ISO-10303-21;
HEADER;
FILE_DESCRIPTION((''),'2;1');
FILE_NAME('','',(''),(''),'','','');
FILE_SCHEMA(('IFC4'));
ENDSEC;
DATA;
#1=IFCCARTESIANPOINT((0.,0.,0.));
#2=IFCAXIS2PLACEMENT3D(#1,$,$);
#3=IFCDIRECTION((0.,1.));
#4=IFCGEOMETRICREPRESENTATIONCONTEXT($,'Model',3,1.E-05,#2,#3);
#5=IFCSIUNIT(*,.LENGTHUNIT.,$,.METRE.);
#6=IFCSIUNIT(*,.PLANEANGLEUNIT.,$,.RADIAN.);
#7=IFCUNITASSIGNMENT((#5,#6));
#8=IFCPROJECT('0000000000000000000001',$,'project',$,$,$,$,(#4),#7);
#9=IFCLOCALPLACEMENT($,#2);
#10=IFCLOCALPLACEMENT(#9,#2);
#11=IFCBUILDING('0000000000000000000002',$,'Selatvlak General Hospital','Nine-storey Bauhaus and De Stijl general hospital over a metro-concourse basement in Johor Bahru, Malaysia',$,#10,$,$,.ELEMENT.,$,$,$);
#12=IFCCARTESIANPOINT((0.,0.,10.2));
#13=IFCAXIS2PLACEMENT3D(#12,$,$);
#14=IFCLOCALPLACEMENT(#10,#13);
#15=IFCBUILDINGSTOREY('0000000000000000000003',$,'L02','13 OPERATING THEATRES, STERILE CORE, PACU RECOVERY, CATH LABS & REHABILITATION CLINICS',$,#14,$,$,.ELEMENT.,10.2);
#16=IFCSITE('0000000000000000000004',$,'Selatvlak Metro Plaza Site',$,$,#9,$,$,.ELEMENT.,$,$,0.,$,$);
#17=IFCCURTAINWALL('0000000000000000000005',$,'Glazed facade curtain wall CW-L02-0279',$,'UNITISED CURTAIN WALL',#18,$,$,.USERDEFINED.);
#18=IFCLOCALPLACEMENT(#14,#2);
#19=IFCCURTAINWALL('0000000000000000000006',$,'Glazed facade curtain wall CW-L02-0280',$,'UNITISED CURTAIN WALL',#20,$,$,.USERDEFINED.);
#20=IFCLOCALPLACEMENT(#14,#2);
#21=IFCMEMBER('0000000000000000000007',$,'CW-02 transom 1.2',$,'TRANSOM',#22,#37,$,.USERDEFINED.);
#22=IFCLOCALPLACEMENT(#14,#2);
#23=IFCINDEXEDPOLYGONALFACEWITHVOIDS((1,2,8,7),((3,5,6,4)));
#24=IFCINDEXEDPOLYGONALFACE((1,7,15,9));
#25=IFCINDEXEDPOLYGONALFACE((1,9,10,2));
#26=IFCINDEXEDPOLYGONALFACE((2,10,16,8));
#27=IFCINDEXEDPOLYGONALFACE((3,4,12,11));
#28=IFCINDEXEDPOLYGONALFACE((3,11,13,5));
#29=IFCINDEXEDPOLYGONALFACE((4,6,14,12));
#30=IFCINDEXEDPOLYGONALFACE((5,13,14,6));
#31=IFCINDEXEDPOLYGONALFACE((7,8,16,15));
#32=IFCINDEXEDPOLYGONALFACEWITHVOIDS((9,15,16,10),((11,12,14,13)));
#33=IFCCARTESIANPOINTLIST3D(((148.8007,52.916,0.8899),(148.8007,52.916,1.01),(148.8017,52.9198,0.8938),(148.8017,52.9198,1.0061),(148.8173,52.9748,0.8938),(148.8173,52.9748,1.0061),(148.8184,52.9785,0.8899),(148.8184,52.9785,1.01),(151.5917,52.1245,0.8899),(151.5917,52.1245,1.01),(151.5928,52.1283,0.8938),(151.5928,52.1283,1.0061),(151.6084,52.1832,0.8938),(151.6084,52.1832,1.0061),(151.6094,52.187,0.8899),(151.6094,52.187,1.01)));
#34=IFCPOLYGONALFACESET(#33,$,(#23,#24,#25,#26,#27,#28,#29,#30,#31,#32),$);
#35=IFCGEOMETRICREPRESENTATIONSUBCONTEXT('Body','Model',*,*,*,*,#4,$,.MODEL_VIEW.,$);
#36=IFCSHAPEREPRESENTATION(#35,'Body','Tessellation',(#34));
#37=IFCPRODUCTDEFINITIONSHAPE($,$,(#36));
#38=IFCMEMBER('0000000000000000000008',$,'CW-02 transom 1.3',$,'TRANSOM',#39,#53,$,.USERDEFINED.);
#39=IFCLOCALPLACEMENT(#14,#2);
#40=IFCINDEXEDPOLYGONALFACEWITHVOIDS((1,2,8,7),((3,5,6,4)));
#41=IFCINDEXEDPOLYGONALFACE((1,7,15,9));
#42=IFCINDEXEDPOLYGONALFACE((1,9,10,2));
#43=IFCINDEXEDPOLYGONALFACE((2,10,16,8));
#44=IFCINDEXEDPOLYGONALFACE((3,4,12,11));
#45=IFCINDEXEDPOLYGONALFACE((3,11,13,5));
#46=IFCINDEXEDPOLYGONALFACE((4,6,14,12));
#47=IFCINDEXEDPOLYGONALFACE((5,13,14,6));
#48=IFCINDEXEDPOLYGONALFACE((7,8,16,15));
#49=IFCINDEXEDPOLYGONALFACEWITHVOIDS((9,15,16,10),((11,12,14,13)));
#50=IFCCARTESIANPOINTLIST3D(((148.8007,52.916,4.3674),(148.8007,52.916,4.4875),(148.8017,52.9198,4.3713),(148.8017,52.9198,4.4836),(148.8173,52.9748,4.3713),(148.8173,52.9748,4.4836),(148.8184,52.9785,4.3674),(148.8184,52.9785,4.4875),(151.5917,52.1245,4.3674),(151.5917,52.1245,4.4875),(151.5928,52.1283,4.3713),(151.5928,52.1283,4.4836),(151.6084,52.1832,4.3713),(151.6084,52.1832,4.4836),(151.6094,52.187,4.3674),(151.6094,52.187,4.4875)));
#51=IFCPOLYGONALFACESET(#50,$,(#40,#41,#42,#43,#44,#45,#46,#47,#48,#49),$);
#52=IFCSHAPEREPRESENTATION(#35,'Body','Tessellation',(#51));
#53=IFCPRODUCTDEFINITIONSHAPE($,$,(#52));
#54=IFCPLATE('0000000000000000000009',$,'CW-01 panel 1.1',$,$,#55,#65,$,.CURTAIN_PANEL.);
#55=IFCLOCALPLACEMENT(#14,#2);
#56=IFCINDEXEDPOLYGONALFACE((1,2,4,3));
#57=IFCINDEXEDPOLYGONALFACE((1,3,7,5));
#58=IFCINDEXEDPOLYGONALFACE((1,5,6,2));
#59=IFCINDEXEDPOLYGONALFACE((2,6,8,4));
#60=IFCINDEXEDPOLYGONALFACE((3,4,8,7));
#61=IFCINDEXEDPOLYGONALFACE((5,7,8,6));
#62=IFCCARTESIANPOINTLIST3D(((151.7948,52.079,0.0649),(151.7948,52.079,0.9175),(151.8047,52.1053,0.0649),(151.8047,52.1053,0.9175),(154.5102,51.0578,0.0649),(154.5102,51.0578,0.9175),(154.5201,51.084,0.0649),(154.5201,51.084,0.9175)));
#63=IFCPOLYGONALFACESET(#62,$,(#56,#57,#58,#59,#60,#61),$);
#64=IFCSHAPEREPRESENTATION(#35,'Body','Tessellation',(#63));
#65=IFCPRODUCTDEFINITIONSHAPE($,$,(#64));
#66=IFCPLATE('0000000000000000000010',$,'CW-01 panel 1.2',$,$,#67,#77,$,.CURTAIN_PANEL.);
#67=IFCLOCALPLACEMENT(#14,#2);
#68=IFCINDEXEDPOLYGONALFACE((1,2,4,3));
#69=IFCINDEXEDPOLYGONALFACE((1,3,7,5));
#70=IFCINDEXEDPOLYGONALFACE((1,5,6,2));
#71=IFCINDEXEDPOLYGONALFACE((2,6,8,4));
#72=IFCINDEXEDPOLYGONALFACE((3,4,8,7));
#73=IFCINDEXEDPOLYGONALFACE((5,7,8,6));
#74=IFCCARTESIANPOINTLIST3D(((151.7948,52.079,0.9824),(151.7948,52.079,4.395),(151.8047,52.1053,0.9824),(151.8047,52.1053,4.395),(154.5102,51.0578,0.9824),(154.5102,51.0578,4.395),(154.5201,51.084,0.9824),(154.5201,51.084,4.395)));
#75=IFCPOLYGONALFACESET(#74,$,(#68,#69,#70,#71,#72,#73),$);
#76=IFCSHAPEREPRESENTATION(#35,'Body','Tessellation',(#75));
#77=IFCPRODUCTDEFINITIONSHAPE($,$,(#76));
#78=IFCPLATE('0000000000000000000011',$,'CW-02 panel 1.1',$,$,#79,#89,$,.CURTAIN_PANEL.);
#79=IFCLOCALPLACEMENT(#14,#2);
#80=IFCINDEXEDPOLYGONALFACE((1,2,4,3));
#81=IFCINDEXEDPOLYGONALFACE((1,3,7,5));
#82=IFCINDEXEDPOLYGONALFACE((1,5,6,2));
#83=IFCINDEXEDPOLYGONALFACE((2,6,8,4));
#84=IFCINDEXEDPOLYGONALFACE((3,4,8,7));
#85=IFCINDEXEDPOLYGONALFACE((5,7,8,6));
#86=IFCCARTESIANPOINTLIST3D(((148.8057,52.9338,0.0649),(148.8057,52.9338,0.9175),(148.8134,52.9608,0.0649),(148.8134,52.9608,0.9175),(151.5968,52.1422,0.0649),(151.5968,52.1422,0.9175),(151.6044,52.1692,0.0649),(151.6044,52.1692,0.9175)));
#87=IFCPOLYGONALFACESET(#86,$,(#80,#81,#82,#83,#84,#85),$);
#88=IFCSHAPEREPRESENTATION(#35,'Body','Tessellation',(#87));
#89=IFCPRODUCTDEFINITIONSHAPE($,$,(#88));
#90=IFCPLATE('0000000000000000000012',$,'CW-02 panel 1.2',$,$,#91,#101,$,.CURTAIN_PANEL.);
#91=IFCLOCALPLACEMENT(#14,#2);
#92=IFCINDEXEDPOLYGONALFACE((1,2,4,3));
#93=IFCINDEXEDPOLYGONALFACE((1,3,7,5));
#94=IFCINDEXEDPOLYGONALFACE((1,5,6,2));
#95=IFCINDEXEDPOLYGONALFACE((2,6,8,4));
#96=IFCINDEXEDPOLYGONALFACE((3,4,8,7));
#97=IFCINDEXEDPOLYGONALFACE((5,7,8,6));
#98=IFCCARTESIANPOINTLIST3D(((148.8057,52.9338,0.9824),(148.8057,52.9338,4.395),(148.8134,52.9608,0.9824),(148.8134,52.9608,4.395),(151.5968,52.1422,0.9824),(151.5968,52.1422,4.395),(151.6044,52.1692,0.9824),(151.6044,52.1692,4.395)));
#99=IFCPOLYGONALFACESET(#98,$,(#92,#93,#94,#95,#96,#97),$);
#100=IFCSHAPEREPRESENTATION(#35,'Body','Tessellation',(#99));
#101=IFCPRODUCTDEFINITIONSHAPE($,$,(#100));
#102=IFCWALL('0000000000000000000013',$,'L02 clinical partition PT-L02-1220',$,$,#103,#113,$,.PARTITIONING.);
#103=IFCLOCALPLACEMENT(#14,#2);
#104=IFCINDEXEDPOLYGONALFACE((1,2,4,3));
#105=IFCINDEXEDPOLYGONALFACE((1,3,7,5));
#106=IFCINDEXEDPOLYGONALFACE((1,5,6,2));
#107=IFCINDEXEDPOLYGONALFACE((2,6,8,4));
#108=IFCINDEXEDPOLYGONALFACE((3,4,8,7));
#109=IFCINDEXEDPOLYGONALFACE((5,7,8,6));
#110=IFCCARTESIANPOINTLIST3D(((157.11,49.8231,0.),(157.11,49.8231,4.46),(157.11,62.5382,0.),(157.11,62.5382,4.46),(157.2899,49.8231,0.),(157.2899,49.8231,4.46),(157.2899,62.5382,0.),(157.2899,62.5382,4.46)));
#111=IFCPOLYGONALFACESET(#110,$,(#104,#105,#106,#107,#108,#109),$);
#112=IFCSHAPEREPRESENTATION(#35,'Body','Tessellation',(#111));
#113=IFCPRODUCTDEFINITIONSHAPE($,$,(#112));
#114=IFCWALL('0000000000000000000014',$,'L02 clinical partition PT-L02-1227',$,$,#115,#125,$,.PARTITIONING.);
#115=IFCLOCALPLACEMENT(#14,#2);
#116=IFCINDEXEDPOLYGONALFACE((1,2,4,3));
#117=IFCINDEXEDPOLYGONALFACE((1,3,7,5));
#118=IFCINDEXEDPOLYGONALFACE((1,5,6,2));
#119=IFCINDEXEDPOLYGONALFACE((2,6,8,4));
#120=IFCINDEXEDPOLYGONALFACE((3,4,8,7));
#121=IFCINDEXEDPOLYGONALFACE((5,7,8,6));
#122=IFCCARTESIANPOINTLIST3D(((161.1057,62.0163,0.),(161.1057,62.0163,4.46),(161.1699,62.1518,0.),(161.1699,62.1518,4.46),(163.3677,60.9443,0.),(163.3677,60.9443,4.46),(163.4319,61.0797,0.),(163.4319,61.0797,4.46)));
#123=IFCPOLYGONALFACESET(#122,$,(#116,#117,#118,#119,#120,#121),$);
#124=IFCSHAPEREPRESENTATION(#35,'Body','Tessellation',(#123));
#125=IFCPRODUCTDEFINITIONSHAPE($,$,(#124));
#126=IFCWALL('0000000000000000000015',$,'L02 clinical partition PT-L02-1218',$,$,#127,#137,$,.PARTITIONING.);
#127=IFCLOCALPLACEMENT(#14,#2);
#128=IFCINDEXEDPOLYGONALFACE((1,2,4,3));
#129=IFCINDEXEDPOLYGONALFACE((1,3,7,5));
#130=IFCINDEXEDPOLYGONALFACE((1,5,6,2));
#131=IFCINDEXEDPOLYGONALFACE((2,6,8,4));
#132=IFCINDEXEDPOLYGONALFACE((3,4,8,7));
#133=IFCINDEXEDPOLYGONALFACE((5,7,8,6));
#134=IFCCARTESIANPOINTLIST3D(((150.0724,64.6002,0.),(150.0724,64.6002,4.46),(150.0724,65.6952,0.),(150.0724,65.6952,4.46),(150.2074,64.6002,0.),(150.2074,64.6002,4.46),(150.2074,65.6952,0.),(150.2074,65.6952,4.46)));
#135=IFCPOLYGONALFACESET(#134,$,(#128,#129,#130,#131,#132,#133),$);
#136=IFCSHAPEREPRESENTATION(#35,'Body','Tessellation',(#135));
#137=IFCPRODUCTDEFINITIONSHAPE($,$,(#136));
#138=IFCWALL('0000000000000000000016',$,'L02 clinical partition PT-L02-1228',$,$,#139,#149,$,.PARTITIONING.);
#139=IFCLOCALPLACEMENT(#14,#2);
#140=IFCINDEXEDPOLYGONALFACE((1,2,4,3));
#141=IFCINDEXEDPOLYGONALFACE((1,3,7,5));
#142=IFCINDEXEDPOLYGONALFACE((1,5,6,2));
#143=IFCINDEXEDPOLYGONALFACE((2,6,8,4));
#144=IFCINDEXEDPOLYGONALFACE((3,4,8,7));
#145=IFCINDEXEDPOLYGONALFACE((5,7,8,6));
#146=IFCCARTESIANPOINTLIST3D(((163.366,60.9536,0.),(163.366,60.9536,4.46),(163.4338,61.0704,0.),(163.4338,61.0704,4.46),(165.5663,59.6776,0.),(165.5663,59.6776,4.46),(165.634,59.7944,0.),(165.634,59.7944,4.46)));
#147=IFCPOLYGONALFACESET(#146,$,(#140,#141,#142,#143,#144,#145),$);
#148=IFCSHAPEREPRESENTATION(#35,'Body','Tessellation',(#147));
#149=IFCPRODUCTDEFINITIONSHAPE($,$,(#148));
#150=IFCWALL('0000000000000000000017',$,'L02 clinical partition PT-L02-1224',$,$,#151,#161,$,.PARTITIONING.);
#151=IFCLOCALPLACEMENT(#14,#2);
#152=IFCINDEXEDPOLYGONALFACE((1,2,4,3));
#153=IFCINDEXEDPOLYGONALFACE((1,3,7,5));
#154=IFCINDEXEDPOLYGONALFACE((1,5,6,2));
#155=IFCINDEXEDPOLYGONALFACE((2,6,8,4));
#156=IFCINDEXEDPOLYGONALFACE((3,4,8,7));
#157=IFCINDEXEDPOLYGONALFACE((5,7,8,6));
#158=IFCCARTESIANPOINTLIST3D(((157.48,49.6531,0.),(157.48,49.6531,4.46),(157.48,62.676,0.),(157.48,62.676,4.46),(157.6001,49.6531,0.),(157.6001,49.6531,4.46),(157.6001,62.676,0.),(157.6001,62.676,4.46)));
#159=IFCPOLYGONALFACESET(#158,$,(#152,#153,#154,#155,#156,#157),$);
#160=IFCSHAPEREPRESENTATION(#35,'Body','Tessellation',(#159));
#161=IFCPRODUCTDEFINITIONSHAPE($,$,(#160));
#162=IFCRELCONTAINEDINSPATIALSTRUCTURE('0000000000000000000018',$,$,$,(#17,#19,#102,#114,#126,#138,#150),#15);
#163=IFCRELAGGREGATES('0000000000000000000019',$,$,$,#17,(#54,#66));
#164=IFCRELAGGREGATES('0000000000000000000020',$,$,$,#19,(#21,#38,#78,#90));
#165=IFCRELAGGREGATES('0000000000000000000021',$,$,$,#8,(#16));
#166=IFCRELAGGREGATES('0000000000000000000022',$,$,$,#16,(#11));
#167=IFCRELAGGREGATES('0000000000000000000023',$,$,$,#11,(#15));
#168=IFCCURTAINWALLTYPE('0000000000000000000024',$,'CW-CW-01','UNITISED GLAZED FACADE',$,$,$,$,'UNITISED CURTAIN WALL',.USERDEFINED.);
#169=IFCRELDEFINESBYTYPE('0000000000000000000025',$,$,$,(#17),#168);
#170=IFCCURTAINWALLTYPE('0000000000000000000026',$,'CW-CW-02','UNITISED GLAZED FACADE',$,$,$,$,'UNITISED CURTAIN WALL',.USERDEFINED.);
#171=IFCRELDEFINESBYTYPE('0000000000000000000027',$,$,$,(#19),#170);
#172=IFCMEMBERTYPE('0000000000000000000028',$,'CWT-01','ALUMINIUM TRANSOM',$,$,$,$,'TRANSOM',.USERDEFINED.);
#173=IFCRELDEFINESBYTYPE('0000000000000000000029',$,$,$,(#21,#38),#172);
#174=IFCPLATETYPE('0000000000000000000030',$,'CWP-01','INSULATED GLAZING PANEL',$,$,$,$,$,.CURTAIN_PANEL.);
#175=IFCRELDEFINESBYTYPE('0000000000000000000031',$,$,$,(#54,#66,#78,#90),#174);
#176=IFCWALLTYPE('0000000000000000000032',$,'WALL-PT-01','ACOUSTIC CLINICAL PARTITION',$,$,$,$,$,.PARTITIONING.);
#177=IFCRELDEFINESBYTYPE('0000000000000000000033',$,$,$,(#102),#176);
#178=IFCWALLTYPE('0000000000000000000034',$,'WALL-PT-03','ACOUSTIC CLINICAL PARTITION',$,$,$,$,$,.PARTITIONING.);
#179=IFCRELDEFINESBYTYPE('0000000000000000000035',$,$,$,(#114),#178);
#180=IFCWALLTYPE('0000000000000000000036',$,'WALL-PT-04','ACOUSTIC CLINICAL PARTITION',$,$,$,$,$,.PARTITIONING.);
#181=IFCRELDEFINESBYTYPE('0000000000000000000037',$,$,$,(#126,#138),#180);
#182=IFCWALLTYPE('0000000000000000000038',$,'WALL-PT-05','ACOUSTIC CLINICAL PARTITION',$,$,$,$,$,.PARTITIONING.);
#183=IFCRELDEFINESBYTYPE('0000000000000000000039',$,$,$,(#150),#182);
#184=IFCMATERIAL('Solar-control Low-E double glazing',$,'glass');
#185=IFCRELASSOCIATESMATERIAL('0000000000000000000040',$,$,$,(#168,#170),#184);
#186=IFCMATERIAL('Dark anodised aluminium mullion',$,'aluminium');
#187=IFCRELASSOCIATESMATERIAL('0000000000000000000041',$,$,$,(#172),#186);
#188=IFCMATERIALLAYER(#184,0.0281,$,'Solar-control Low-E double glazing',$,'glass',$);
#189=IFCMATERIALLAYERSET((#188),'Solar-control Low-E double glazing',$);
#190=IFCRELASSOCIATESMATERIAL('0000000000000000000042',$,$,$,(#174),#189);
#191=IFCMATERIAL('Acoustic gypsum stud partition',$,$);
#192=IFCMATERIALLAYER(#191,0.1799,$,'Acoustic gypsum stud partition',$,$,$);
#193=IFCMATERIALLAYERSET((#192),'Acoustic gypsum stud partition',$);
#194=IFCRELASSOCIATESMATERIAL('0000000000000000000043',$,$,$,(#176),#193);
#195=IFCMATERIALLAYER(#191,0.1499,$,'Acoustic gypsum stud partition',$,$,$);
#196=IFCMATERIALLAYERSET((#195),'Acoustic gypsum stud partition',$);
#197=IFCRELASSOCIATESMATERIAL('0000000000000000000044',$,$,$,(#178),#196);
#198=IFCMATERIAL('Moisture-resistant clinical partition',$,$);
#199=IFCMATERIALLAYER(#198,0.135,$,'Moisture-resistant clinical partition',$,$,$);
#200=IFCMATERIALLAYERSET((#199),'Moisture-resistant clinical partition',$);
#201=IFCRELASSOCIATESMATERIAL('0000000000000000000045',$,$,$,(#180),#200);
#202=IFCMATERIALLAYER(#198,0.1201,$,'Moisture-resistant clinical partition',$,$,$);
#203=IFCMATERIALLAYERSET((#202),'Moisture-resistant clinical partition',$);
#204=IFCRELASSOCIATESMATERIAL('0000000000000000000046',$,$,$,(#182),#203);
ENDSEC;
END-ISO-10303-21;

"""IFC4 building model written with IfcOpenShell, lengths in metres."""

from ifc_helpers import new_model, si_unit, direction, frame, frame_2d, origin, origin_2d, place, context, subcontext, project, spatial, rectangle, hollow_rectangle, extrude, material, layer, layer_set, material_profile, profile_set, type_object, element, aggregate, save


model = new_model("IFC4")

# Units and contexts
model_context = context("Model", 3, precision=1e-05, world=origin(), true_north=direction((0.0, 1.0)))
body_context = subcontext(model_context, "Body", "Model", "MODEL_VIEW")
ifc_project = project(units=[si_unit("LENGTHUNIT", "METRE"), si_unit("PLANEANGLEUNIT", "RADIAN")], contexts=[model_context])

# Site, building, storey
site_placement = place(None, origin())
site = spatial("IfcSite", under=ifc_project, at=site_placement, Name="Selatvlak Metro Plaza Site", CompositionType="ELEMENT", RefElevation=0.0)
building_placement = place(site_placement, origin())
building = spatial("IfcBuilding", under=site, at=building_placement, Name="Selatvlak General Hospital", Description="Nine-storey Bauhaus and De Stijl general hospital over a metro-concourse basement in Johor Bahru, Malaysia", CompositionType="ELEMENT")
storey_placement = place(building_placement, frame((0.0, 0.0, 10.2)))
storey = spatial("IfcBuildingStorey", under=building, at=storey_placement, Name="L02", Description="13 OPERATING THEATRES, STERILE CORE, PACU RECOVERY, CATH LABS & REHABILITATION CLINICS", CompositionType="ELEMENT", Elevation=10.2)

# Curtain walls
ifc_material_1 = material(Name="Solar-control Low-E double glazing", Category="glass")
curtain_wall_type_1 = type_object("IfcCurtainWallType", Name="CW-CW-01", Description="UNITISED GLAZED FACADE", ElementType="UNITISED CURTAIN WALL", PredefinedType="USERDEFINED", material=ifc_material_1)
curtain_wall_1_placement = place(storey_placement, origin())
curtain_wall_1 = element("IfcCurtainWall", 1, at=curtain_wall_1_placement, inside=storey, type_object=curtain_wall_type_1, Name="Glazed facade curtain wall CW-L02-0279", ObjectType="UNITISED CURTAIN WALL", PredefinedType="USERDEFINED")
ifc_material_2 = material(Name="Dark anodised aluminium mullion", Category="aluminium")
curtain_wall_type_2 = type_object("IfcCurtainWallType", Name="CW-CW-02", Description="UNITISED GLAZED FACADE", ElementType="UNITISED CURTAIN WALL", PredefinedType="USERDEFINED", material=ifc_material_1)
curtain_wall_2_placement = place(storey_placement, origin())
curtain_wall_2 = element("IfcCurtainWall", 2, at=curtain_wall_2_placement, inside=storey, type_object=curtain_wall_type_2, Name="Glazed facade curtain wall CW-L02-0280", ObjectType="UNITISED CURTAIN WALL", PredefinedType="USERDEFINED")

# Members
ifc_material_profile_1 = material_profile(ifc_material_2, hollow_rectangle(XDim=0.0649, YDim=0.1201, WallThickness=0.0039, at=origin_2d()), Name="AL-TRN 65x120x4")
ifc_profile_set_1 = profile_set([ifc_material_profile_1], Name="Dark anodised aluminium mullion")
member_type_1 = type_object("IfcMemberType", Name="CWT-01", Description="ALUMINIUM TRANSOM", ElementType="TRANSOM", PredefinedType="USERDEFINED", material=ifc_profile_set_1)
member_1_placement = place(storey_placement, frame((151.6006, 52.1558, 0.95), z_axis=(-0.962062, 0.272831, 0.0), x_axis=(-0.272831, -0.962062, 0.0)))
member_1 = element("IfcMember", 3, at=member_1_placement, type_object=member_type_1, Name="CW-02 transom 1.2", ObjectType="TRANSOM", PredefinedType="USERDEFINED", context=body_context, shape_type="SweptSolid", body=[
    extrude(hollow_rectangle(XDim=0.0649, YDim=0.1201, WallThickness=0.0039, at=origin_2d()), origin(), (0.0, 0.0, 1.0), 2.9011),
])
member_2_placement = place(storey_placement, frame((151.6006, 52.1558, 4.4275), z_axis=(-0.962062, 0.272831, 0.0), x_axis=(-0.272831, -0.962062, 0.0)))
member_2 = element("IfcMember", 4, at=member_2_placement, type_object=member_type_1, Name="CW-02 transom 1.3", ObjectType="TRANSOM", PredefinedType="USERDEFINED", context=body_context, shape_type="SweptSolid", body=[
    extrude(hollow_rectangle(XDim=0.0649, YDim=0.1201, WallThickness=0.0039, at=origin_2d()), origin(), (0.0, 0.0, 1.0), 2.9011),
])

# Plates
ifc_layer_1 = layer(ifc_material_1, 0.0281, Name="Solar-control Low-E double glazing", Category="glass")
ifc_layer_set_1 = layer_set([ifc_layer_1], Name="Solar-control Low-E double glazing")
plate_type = type_object("IfcPlateType", Name="CWP-01", Description="INSULATED GLAZING PANEL", PredefinedType="CURTAIN_PANEL", material=ifc_layer_set_1)
plate_1_placement = place(storey_placement, frame((153.1575, 51.5815, 0.0649), z_axis=(0.0, 0.0, 1.0), x_axis=(-0.93599, 0.352027, 0.0)))
plate_1 = element("IfcPlate", 5, at=plate_1_placement, type_object=plate_type, Name="CW-01 panel 1.1", PredefinedType="CURTAIN_PANEL", context=body_context, shape_type="SweptSolid", body=[
    extrude(rectangle(XDim=2.9011, YDim=0.0281, at=origin_2d()), origin(), (0.0, 0.0, 1.0), 0.8525),
])
plate_2_placement = place(storey_placement, frame((153.1575, 51.5815, 0.9824), z_axis=(0.0, 0.0, 1.0), x_axis=(-0.93599, 0.352027, 0.0)))
plate_2 = element("IfcPlate", 6, at=plate_2_placement, type_object=plate_type, Name="CW-01 panel 1.2", PredefinedType="CURTAIN_PANEL", context=body_context, shape_type="SweptSolid", body=[
    extrude(rectangle(XDim=2.9011, YDim=0.0281, at=origin_2d()), origin(), (0.0, 0.0, 1.0), 3.4126),
])
aggregate(curtain_wall_1, [plate_1, plate_2])
plate_3_placement = place(storey_placement, frame((150.2051, 52.5515, 0.0649), z_axis=(0.0, 0.0, 1.0), x_axis=(-0.962057, 0.272847, 0.0)))
plate_3 = element("IfcPlate", 7, at=plate_3_placement, type_object=plate_type, Name="CW-02 panel 1.1", PredefinedType="CURTAIN_PANEL", context=body_context, shape_type="SweptSolid", body=[
    extrude(rectangle(XDim=2.9011, YDim=0.0281, at=origin_2d()), origin(), (0.0, 0.0, 1.0), 0.8525),
])
plate_4_placement = place(storey_placement, frame((150.2051, 52.5515, 0.9824), z_axis=(0.0, 0.0, 1.0), x_axis=(-0.962057, 0.272847, 0.0)))
plate_4 = element("IfcPlate", 8, at=plate_4_placement, type_object=plate_type, Name="CW-02 panel 1.2", PredefinedType="CURTAIN_PANEL", context=body_context, shape_type="SweptSolid", body=[
    extrude(rectangle(XDim=2.9011, YDim=0.0281, at=origin_2d()), origin(), (0.0, 0.0, 1.0), 3.4126),
])
aggregate(curtain_wall_2, [member_1, member_2, plate_3, plate_4])

# Walls
ifc_material_3 = material(Name="Acoustic gypsum stud partition")
ifc_layer_2 = layer(ifc_material_3, 0.1799, Name="Acoustic gypsum stud partition")
ifc_layer_set_2 = layer_set([ifc_layer_2], Name="Acoustic gypsum stud partition")
wall_type_1 = type_object("IfcWallType", Name="WALL-PT-01", Description="ACOUSTIC CLINICAL PARTITION", PredefinedType="PARTITIONING", material=ifc_layer_set_2)
wall_1_placement = place(storey_placement, frame((157.2, 62.5381, 0.0), z_axis=(0.0, 0.0, 1.0), x_axis=(0.0, -1.0, 0.0)))
element("IfcWall", 9, at=wall_1_placement, inside=storey, type_object=wall_type_1, Name="L02 clinical partition PT-L02-1220", PredefinedType="PARTITIONING", context=body_context, shape_type="SweptSolid", body=[
    extrude(rectangle(XDim=12.7151, YDim=0.1799, at=frame_2d((6.3574, 0.0))), origin(), (0.0, 0.0, 1.0), 4.46),
])
ifc_layer_3 = layer(ifc_material_3, 0.1499, Name="Acoustic gypsum stud partition")
ifc_layer_set_3 = layer_set([ifc_layer_3], Name="Acoustic gypsum stud partition")
wall_type_2 = type_object("IfcWallType", Name="WALL-PT-03", Description="ACOUSTIC CLINICAL PARTITION", PredefinedType="PARTITIONING", material=ifc_layer_set_3)
wall_2_placement = place(storey_placement, frame((161.1379, 62.084, 0.0), z_axis=(0.0, 0.0, 1.0), x_axis=(0.90365, -0.428271, 0.0)))
element("IfcWall", 10, at=wall_2_placement, inside=storey, type_object=wall_type_2, Name="L02 clinical partition PT-L02-1227", PredefinedType="PARTITIONING", context=body_context, shape_type="SweptSolid", body=[
    extrude(rectangle(XDim=2.5032, YDim=0.1499, at=frame_2d((1.2515, 0.0))), origin(), (0.0, 0.0, 1.0), 4.46),
])
ifc_material_4 = material(Name="Moisture-resistant clinical partition")
ifc_layer_4 = layer(ifc_material_4, 0.135, Name="Moisture-resistant clinical partition")
ifc_layer_set_4 = layer_set([ifc_layer_4], Name="Moisture-resistant clinical partition")
wall_type_3 = type_object("IfcWallType", Name="WALL-PT-04", Description="ACOUSTIC CLINICAL PARTITION", PredefinedType="PARTITIONING", material=ifc_layer_set_4)
wall_3_placement = place(storey_placement, frame((150.1399, 65.6951, 0.0), z_axis=(0.0, 0.0, 1.0), x_axis=(0.0, -1.0, 0.0)))
element("IfcWall", 11, at=wall_3_placement, inside=storey, type_object=wall_type_3, Name="L02 clinical partition PT-L02-1218", PredefinedType="PARTITIONING", context=body_context, shape_type="SweptSolid", body=[
    extrude(rectangle(XDim=1.095, YDim=0.135, at=frame_2d((0.5474, 0.0))), origin(), (0.0, 0.0, 1.0), 4.46),
])
wall_4_placement = place(storey_placement, frame((163.3999, 61.012, 0.0), z_axis=(0.0, 0.0, 1.0), x_axis=(0.865071, -0.501649, 0.0)))
element("IfcWall", 12, at=wall_4_placement, inside=storey, type_object=wall_type_3, Name="L02 clinical partition PT-L02-1228", PredefinedType="PARTITIONING", context=body_context, shape_type="SweptSolid", body=[
    extrude(rectangle(XDim=2.5435, YDim=0.135, at=frame_2d((1.2717, 0.0))), origin(), (0.0, 0.0, 1.0), 4.46),
])

# Shared definitions
ifc_layer_5 = layer(ifc_material_4, 0.1201, Name="Moisture-resistant clinical partition")
ifc_layer_set_5 = layer_set([ifc_layer_5], Name="Moisture-resistant clinical partition")
wall_type_4 = type_object("IfcWallType", Name="WALL-PT-05", Description="ACOUSTIC CLINICAL PARTITION", PredefinedType="PARTITIONING", material=ifc_layer_set_5)

# Wall
wall_5_placement = place(storey_placement, frame((157.54, 62.676, 0.0), z_axis=(0.0, 0.0, 1.0), x_axis=(0.0, -1.0, 0.0)))
element("IfcWall", 13, at=wall_5_placement, inside=storey, type_object=wall_type_4, Name="L02 clinical partition PT-L02-1224", PredefinedType="PARTITIONING", context=body_context, shape_type="SweptSolid", body=[
    extrude(rectangle(XDim=13.0229, YDim=0.1201, at=frame_2d((6.5115, 0.0))), origin(), (0.0, 0.0, 1.0), 4.46),
])

save(model, "model.ifc")
